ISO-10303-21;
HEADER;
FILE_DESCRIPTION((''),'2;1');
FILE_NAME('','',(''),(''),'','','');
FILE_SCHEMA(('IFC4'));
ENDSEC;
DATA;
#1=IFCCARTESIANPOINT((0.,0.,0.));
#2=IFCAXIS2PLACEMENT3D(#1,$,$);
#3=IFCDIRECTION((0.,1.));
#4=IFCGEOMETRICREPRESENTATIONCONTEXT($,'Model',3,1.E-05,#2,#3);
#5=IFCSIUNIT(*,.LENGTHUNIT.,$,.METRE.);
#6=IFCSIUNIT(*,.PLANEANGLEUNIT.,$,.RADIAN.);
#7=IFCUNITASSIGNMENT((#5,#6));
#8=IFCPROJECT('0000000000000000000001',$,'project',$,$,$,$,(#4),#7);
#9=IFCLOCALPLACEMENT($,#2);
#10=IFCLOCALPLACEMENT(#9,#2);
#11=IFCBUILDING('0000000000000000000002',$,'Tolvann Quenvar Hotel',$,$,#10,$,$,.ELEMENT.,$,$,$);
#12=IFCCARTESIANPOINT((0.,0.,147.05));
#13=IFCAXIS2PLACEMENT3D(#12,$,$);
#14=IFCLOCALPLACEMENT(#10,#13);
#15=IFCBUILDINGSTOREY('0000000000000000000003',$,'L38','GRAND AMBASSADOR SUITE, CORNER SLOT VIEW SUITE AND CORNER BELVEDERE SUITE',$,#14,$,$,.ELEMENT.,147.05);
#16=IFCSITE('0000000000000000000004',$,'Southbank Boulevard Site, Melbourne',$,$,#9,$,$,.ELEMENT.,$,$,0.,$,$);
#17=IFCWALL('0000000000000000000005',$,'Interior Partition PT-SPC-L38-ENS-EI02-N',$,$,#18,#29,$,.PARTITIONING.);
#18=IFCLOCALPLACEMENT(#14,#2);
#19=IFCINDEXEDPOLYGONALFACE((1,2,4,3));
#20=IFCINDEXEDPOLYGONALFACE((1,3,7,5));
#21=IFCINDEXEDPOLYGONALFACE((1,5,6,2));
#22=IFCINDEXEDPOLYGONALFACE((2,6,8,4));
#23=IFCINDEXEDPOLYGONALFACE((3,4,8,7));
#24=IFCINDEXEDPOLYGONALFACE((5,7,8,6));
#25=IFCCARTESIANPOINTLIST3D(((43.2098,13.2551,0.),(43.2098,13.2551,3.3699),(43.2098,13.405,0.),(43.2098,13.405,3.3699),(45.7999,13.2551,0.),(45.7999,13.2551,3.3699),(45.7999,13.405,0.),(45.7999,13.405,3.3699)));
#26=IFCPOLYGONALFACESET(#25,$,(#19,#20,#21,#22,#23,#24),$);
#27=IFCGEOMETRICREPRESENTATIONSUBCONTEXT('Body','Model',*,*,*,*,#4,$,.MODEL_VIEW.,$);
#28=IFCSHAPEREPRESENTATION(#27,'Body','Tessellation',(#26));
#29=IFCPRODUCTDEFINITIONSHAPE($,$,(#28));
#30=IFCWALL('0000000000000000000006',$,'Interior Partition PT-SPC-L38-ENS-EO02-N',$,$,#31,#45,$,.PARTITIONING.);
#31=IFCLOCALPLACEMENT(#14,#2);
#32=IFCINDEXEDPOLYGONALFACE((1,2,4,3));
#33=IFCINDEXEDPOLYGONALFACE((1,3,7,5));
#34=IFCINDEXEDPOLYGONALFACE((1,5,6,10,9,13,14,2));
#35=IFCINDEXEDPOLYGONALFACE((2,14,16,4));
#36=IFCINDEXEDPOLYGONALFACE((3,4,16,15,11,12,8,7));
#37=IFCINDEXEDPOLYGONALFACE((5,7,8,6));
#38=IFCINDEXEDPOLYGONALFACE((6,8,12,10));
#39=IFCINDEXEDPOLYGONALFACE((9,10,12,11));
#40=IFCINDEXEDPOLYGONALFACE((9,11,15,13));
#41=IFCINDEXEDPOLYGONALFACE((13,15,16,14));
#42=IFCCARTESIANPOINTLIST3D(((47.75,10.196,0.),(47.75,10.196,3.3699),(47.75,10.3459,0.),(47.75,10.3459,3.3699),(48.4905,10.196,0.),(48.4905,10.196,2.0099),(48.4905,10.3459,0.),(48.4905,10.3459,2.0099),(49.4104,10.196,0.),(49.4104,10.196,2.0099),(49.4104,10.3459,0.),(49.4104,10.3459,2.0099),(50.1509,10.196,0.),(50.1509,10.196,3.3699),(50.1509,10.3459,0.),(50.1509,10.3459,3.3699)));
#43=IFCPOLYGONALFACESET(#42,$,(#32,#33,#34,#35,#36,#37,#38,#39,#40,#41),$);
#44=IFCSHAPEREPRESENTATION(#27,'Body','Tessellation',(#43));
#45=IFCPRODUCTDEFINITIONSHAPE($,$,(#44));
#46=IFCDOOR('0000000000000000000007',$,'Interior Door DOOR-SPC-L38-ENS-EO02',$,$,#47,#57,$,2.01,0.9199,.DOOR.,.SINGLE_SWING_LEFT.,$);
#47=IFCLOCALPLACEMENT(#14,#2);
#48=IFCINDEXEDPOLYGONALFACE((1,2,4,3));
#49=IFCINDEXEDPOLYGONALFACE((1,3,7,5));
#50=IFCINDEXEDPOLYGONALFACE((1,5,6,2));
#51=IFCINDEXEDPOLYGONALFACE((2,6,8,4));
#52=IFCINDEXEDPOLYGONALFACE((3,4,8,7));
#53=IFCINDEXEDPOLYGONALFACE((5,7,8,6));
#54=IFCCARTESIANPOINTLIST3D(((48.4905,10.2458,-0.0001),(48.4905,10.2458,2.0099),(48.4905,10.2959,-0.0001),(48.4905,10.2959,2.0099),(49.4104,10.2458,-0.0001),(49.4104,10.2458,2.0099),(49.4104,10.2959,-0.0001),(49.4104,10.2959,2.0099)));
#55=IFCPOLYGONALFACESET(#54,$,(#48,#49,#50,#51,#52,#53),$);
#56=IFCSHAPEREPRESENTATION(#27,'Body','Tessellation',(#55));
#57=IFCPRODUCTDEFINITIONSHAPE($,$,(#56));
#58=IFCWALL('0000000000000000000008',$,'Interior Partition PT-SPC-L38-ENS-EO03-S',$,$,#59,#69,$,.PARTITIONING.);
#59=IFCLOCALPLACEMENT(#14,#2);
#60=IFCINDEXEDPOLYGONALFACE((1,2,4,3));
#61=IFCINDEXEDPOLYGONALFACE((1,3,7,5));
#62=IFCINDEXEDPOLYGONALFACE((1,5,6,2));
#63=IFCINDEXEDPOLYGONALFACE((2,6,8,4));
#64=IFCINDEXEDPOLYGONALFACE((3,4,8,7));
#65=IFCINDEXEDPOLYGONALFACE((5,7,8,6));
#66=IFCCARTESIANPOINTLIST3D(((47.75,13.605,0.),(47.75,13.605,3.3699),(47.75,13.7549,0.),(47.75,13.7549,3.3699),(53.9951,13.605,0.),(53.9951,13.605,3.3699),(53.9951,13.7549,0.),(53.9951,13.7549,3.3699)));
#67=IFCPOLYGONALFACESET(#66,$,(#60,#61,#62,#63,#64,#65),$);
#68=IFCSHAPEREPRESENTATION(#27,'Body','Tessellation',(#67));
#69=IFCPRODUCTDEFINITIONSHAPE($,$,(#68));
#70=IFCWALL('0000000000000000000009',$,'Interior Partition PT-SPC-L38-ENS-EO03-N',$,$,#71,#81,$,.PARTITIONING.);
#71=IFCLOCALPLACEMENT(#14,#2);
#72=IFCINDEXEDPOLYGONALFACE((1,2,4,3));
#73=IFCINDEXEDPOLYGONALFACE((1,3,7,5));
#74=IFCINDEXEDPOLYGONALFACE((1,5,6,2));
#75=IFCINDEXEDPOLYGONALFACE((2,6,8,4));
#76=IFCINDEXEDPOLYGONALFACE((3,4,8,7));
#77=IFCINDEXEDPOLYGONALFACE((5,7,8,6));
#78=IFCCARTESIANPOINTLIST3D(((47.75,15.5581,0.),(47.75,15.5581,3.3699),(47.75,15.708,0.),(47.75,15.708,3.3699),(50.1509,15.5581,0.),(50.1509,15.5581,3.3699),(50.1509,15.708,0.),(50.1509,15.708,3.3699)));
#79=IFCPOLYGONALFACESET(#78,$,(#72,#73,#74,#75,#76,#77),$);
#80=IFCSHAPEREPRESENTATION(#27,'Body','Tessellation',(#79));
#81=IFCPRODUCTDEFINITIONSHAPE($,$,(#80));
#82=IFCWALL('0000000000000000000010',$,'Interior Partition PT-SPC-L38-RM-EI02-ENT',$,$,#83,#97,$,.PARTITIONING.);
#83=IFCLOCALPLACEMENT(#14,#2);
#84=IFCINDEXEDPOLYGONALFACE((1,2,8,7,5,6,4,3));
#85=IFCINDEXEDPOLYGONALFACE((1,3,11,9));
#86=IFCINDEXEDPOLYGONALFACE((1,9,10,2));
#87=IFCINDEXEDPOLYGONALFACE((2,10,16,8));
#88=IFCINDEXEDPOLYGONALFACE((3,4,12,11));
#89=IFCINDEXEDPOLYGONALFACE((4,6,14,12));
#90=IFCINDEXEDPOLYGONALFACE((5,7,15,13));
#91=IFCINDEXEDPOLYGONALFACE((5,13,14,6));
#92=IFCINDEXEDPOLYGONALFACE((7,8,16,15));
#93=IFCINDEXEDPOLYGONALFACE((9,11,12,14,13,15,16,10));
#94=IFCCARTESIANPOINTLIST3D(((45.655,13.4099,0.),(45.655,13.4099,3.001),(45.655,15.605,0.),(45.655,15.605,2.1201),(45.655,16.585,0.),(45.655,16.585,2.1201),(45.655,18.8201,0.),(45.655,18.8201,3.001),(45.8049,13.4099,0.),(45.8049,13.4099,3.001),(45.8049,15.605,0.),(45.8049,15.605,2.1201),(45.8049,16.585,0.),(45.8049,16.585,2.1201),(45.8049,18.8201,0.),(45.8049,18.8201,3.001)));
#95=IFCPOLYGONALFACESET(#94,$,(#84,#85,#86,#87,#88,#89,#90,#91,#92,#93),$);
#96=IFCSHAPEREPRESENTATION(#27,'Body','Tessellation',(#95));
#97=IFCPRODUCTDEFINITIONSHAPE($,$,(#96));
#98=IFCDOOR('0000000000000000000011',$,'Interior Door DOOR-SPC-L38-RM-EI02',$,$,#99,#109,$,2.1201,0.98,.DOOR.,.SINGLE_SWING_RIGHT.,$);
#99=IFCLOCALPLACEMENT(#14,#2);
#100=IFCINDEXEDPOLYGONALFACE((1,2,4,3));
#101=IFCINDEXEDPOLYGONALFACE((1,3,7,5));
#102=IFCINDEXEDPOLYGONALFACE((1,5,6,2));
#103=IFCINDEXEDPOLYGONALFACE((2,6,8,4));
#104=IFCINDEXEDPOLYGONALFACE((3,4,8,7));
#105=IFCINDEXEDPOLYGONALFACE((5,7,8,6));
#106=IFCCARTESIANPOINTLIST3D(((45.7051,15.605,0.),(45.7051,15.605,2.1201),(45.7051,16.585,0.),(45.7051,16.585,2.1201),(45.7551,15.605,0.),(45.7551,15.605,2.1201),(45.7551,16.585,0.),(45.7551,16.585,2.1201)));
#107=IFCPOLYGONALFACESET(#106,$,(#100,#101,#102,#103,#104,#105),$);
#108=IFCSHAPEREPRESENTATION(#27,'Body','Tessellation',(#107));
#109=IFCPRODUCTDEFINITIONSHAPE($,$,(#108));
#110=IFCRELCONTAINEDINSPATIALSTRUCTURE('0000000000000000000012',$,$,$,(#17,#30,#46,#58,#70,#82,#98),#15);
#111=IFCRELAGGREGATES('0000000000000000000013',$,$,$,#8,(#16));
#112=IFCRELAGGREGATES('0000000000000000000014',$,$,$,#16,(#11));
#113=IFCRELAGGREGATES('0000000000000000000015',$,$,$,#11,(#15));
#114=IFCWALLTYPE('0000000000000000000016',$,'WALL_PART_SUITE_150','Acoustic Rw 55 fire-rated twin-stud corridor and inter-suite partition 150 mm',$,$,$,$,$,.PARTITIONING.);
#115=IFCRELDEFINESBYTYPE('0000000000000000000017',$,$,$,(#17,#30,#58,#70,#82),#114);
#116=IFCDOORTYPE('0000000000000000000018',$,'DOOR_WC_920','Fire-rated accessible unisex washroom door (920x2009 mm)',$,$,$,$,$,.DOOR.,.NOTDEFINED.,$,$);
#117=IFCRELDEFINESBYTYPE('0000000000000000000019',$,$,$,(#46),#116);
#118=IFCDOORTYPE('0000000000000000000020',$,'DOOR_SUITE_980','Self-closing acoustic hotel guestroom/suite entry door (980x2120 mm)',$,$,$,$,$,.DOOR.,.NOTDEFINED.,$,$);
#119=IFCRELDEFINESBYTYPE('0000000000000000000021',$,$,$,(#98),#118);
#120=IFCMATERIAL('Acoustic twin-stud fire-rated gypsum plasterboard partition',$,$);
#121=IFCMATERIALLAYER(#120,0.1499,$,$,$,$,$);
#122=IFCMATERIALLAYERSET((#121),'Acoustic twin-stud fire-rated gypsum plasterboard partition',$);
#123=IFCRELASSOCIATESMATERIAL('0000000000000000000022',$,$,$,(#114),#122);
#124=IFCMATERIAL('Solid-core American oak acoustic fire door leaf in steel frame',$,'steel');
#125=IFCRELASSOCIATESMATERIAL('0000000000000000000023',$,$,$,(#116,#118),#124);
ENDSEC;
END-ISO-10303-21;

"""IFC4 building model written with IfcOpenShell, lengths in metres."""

from ifc_helpers import new_model, si_unit, direction, frame, frame_2d, origin, place, context, subcontext, project, spatial, rectangle, extrude, source, transform, mapped, material, layer, layer_set, type_object, type_shapes, element, fill, save


model = new_model("IFC4")

# Units and contexts
model_context = context("Model", 3, precision=1e-05, world=origin(), true_north=direction((0.0, 1.0)))
body_context = subcontext(model_context, "Body", "Model", "MODEL_VIEW")
ifc_project = project(units=[si_unit("LENGTHUNIT", "METRE"), si_unit("PLANEANGLEUNIT", "RADIAN")], contexts=[model_context])

# Site, building, storey
site_placement = place(None, origin())
site = spatial("IfcSite", under=ifc_project, at=site_placement, Name="Southbank Boulevard Site, Melbourne", CompositionType="ELEMENT", RefElevation=0.0)
building_placement = place(site_placement, origin())
building = spatial("IfcBuilding", under=site, at=building_placement, Name="Tolvann Quenvar Hotel", CompositionType="ELEMENT")
storey_placement = place(building_placement, frame((0.0, 0.0, 147.05)))
storey = spatial("IfcBuildingStorey", under=building, at=storey_placement, Name="L38", Description="GRAND AMBASSADOR SUITE, CORNER SLOT VIEW SUITE AND CORNER BELVEDERE SUITE", CompositionType="ELEMENT", Elevation=147.05)

# Shared definitions
ifc_material_1 = material(Name="Acoustic twin-stud fire-rated gypsum plasterboard partition")
ifc_layer_1 = layer(ifc_material_1, 0.1499)
ifc_layer_set_1 = layer_set([ifc_layer_1], Name="Acoustic twin-stud fire-rated gypsum plasterboard partition")
wall_type_1 = type_object("IfcWallType", Name="WALL_PART_SUITE_150", Description="Acoustic Rw 55 fire-rated twin-stud corridor and inter-suite partition 150 mm", PredefinedType="PARTITIONING", material=ifc_layer_set_1)
ifc_material_2 = material(Name="Solid-core American oak acoustic fire door leaf in steel frame", Category="steel")
door_type_1 = type_object("IfcDoorType", Name="DOOR_WC_920", Description="Fire-rated accessible unisex washroom door (920x2009 mm)", OperationType="NOTDEFINED", PredefinedType="DOOR", material=ifc_material_2)
shared_shape_1 = source(origin(), body_context, "Body", "SweptSolid", [
    extrude(rectangle(XDim=0.9199, YDim=2.01, at=frame_2d((0.46, 1.0049))), frame((0.0, 0.0249, 0.0), z_axis=(0.0, -1.0, 0.0), x_axis=(1.0, 0.0, 0.0)), (0.0, 0.0, 1.0), 0.05),
])
type_shapes(door_type_1, [shared_shape_1])

# Wall
wall_1_placement = place(storey_placement, frame((43.21, 13.3301, 0.0), z_axis=(0.0, 0.0, 1.0), x_axis=(1.0, 0.0, 0.0)))
element("IfcWall", 1, at=wall_1_placement, inside=storey, type_object=wall_type_1, Name="Interior Partition PT-SPC-L38-ENS-EI02-N", PredefinedType="PARTITIONING", context=body_context, shape_type="SweptSolid", body=[
    extrude(rectangle(XDim=2.5901, YDim=0.1499, at=frame_2d((1.2949, 0.0))), origin(), (0.0, 0.0, 1.0), 3.3699),
])

# Wall, opening, door
wall_2_placement = place(storey_placement, frame((47.75, 10.271, 0.0), z_axis=(0.0, 0.0, 1.0), x_axis=(1.0, 0.0, 0.0)))
wall_2 = element("IfcWall", 2, at=wall_2_placement, inside=storey, type_object=wall_type_1, Name="Interior Partition PT-SPC-L38-ENS-EO02-N", PredefinedType="PARTITIONING", context=body_context, shape_type="SweptSolid", body=[
    extrude(rectangle(XDim=2.4009, YDim=0.1499, at=frame_2d((1.2004, 0.0))), origin(), (0.0, 0.0, 1.0), 3.3699),
])
opening_1_placement = place(wall_2_placement, frame((0.7405, 0.0, 0.0)))
opening_1 = element("IfcOpeningElement", 3, at=opening_1_placement, cuts=wall_2, PredefinedType="OPENING", context=body_context, shape_type="SweptSolid", body=[
    extrude(rectangle(XDim=0.9199, YDim=2.01, at=frame_2d((0.46, 1.0049))), frame((0.0, 0.085, 0.0), z_axis=(0.0, -1.0, 0.0), x_axis=(1.0, 0.0, 0.0)), (0.0, 0.0, 1.0), 0.1699),
])
door_1_placement = place(opening_1_placement, origin())
door_1 = element("IfcDoor", 4, at=door_1_placement, inside=storey, type_object=door_type_1, Name="Interior Door DOOR-SPC-L38-ENS-EO02", OperationType="SINGLE_SWING_LEFT", OverallHeight=2.01, OverallWidth=0.9199, PredefinedType="DOOR", context=body_context, shape_type="MappedRepresentation", body=[
    mapped(shared_shape_1, transform((0.0, 0.0, 0.0), x_axis=(1.0, 0.0, 0.0), y_axis=(0.0, 1.0, 0.0), z_axis=(0.0, 0.0, 1.0), scale=1.0)),
])
fill(opening_1, door_1)

# Walls
wall_3_placement = place(storey_placement, frame((47.75, 13.6799, 0.0), z_axis=(0.0, 0.0, 1.0), x_axis=(1.0, 0.0, 0.0)))
element("IfcWall", 5, at=wall_3_placement, inside=storey, type_object=wall_type_1, Name="Interior Partition PT-SPC-L38-ENS-EO03-S", PredefinedType="PARTITIONING", context=body_context, shape_type="SweptSolid", body=[
    extrude(rectangle(XDim=6.2451, YDim=0.1499, at=frame_2d((3.1226, 0.0))), origin(), (0.0, 0.0, 1.0), 3.3699),
])
wall_4_placement = place(storey_placement, frame((47.75, 15.6331, 0.0), z_axis=(0.0, 0.0, 1.0), x_axis=(1.0, 0.0, 0.0)))
element("IfcWall", 6, at=wall_4_placement, inside=storey, type_object=wall_type_1, Name="Interior Partition PT-SPC-L38-ENS-EO03-N", PredefinedType="PARTITIONING", context=body_context, shape_type="SweptSolid", body=[
    extrude(rectangle(XDim=2.4009, YDim=0.1499, at=frame_2d((1.2004, 0.0))), origin(), (0.0, 0.0, 1.0), 3.3699),
])

# Wall, opening, door
wall_5_placement = place(storey_placement, frame((45.73, 13.4099, 0.0), z_axis=(0.0, 0.0, 1.0), x_axis=(0.0, 1.0, 0.0)))
wall_5 = element("IfcWall", 7, at=wall_5_placement, inside=storey, type_object=wall_type_1, Name="Interior Partition PT-SPC-L38-RM-EI02-ENT", PredefinedType="PARTITIONING", context=body_context, shape_type="SweptSolid", body=[
    extrude(rectangle(XDim=5.4102, YDim=0.1499, at=frame_2d((2.7051, 0.0))), origin(), (0.0, 0.0, 1.0), 3.001),
])
opening_2_placement = place(wall_5_placement, frame((2.1951, 0.0, 0.0)))
opening_2 = element("IfcOpeningElement", 8, at=opening_2_placement, cuts=wall_5, PredefinedType="OPENING", context=body_context, shape_type="SweptSolid", body=[
    extrude(rectangle(XDim=0.98, YDim=2.1201, at=frame_2d((0.49, 1.0601))), frame((0.0, 0.085, 0.0), z_axis=(0.0, -1.0, 0.0), x_axis=(1.0, 0.0, 0.0)), (0.0, 0.0, 1.0), 0.1699),
])
door_type_2 = type_object("IfcDoorType", Name="DOOR_SUITE_980", Description="Self-closing acoustic hotel guestroom/suite entry door (980x2120 mm)", OperationType="NOTDEFINED", PredefinedType="DOOR", material=ifc_material_2)
shared_shape_2 = source(origin(), body_context, "Body", "SweptSolid", [
    extrude(rectangle(XDim=0.98, YDim=2.1201, at=frame_2d((0.49, 1.0601))), frame((0.0, 0.0249, 0.0), z_axis=(0.0, -1.0, 0.0), x_axis=(1.0, 0.0, 0.0)), (0.0, 0.0, 1.0), 0.05),
])
type_shapes(door_type_2, [shared_shape_2])
door_2_placement = place(opening_2_placement, origin())
door_2 = element("IfcDoor", 9, at=door_2_placement, inside=storey, type_object=door_type_2, Name="Interior Door DOOR-SPC-L38-RM-EI02", OperationType="SINGLE_SWING_RIGHT", OverallHeight=2.1201, OverallWidth=0.98, PredefinedType="DOOR", context=body_context, shape_type="MappedRepresentation", body=[
    mapped(shared_shape_2, transform((0.0, 0.0, 0.0), x_axis=(1.0, 0.0, 0.0), y_axis=(0.0, 1.0, 0.0), z_axis=(0.0, 0.0, 1.0), scale=1.0)),
])
fill(opening_2, door_2)

save(model, "model.ifc")
